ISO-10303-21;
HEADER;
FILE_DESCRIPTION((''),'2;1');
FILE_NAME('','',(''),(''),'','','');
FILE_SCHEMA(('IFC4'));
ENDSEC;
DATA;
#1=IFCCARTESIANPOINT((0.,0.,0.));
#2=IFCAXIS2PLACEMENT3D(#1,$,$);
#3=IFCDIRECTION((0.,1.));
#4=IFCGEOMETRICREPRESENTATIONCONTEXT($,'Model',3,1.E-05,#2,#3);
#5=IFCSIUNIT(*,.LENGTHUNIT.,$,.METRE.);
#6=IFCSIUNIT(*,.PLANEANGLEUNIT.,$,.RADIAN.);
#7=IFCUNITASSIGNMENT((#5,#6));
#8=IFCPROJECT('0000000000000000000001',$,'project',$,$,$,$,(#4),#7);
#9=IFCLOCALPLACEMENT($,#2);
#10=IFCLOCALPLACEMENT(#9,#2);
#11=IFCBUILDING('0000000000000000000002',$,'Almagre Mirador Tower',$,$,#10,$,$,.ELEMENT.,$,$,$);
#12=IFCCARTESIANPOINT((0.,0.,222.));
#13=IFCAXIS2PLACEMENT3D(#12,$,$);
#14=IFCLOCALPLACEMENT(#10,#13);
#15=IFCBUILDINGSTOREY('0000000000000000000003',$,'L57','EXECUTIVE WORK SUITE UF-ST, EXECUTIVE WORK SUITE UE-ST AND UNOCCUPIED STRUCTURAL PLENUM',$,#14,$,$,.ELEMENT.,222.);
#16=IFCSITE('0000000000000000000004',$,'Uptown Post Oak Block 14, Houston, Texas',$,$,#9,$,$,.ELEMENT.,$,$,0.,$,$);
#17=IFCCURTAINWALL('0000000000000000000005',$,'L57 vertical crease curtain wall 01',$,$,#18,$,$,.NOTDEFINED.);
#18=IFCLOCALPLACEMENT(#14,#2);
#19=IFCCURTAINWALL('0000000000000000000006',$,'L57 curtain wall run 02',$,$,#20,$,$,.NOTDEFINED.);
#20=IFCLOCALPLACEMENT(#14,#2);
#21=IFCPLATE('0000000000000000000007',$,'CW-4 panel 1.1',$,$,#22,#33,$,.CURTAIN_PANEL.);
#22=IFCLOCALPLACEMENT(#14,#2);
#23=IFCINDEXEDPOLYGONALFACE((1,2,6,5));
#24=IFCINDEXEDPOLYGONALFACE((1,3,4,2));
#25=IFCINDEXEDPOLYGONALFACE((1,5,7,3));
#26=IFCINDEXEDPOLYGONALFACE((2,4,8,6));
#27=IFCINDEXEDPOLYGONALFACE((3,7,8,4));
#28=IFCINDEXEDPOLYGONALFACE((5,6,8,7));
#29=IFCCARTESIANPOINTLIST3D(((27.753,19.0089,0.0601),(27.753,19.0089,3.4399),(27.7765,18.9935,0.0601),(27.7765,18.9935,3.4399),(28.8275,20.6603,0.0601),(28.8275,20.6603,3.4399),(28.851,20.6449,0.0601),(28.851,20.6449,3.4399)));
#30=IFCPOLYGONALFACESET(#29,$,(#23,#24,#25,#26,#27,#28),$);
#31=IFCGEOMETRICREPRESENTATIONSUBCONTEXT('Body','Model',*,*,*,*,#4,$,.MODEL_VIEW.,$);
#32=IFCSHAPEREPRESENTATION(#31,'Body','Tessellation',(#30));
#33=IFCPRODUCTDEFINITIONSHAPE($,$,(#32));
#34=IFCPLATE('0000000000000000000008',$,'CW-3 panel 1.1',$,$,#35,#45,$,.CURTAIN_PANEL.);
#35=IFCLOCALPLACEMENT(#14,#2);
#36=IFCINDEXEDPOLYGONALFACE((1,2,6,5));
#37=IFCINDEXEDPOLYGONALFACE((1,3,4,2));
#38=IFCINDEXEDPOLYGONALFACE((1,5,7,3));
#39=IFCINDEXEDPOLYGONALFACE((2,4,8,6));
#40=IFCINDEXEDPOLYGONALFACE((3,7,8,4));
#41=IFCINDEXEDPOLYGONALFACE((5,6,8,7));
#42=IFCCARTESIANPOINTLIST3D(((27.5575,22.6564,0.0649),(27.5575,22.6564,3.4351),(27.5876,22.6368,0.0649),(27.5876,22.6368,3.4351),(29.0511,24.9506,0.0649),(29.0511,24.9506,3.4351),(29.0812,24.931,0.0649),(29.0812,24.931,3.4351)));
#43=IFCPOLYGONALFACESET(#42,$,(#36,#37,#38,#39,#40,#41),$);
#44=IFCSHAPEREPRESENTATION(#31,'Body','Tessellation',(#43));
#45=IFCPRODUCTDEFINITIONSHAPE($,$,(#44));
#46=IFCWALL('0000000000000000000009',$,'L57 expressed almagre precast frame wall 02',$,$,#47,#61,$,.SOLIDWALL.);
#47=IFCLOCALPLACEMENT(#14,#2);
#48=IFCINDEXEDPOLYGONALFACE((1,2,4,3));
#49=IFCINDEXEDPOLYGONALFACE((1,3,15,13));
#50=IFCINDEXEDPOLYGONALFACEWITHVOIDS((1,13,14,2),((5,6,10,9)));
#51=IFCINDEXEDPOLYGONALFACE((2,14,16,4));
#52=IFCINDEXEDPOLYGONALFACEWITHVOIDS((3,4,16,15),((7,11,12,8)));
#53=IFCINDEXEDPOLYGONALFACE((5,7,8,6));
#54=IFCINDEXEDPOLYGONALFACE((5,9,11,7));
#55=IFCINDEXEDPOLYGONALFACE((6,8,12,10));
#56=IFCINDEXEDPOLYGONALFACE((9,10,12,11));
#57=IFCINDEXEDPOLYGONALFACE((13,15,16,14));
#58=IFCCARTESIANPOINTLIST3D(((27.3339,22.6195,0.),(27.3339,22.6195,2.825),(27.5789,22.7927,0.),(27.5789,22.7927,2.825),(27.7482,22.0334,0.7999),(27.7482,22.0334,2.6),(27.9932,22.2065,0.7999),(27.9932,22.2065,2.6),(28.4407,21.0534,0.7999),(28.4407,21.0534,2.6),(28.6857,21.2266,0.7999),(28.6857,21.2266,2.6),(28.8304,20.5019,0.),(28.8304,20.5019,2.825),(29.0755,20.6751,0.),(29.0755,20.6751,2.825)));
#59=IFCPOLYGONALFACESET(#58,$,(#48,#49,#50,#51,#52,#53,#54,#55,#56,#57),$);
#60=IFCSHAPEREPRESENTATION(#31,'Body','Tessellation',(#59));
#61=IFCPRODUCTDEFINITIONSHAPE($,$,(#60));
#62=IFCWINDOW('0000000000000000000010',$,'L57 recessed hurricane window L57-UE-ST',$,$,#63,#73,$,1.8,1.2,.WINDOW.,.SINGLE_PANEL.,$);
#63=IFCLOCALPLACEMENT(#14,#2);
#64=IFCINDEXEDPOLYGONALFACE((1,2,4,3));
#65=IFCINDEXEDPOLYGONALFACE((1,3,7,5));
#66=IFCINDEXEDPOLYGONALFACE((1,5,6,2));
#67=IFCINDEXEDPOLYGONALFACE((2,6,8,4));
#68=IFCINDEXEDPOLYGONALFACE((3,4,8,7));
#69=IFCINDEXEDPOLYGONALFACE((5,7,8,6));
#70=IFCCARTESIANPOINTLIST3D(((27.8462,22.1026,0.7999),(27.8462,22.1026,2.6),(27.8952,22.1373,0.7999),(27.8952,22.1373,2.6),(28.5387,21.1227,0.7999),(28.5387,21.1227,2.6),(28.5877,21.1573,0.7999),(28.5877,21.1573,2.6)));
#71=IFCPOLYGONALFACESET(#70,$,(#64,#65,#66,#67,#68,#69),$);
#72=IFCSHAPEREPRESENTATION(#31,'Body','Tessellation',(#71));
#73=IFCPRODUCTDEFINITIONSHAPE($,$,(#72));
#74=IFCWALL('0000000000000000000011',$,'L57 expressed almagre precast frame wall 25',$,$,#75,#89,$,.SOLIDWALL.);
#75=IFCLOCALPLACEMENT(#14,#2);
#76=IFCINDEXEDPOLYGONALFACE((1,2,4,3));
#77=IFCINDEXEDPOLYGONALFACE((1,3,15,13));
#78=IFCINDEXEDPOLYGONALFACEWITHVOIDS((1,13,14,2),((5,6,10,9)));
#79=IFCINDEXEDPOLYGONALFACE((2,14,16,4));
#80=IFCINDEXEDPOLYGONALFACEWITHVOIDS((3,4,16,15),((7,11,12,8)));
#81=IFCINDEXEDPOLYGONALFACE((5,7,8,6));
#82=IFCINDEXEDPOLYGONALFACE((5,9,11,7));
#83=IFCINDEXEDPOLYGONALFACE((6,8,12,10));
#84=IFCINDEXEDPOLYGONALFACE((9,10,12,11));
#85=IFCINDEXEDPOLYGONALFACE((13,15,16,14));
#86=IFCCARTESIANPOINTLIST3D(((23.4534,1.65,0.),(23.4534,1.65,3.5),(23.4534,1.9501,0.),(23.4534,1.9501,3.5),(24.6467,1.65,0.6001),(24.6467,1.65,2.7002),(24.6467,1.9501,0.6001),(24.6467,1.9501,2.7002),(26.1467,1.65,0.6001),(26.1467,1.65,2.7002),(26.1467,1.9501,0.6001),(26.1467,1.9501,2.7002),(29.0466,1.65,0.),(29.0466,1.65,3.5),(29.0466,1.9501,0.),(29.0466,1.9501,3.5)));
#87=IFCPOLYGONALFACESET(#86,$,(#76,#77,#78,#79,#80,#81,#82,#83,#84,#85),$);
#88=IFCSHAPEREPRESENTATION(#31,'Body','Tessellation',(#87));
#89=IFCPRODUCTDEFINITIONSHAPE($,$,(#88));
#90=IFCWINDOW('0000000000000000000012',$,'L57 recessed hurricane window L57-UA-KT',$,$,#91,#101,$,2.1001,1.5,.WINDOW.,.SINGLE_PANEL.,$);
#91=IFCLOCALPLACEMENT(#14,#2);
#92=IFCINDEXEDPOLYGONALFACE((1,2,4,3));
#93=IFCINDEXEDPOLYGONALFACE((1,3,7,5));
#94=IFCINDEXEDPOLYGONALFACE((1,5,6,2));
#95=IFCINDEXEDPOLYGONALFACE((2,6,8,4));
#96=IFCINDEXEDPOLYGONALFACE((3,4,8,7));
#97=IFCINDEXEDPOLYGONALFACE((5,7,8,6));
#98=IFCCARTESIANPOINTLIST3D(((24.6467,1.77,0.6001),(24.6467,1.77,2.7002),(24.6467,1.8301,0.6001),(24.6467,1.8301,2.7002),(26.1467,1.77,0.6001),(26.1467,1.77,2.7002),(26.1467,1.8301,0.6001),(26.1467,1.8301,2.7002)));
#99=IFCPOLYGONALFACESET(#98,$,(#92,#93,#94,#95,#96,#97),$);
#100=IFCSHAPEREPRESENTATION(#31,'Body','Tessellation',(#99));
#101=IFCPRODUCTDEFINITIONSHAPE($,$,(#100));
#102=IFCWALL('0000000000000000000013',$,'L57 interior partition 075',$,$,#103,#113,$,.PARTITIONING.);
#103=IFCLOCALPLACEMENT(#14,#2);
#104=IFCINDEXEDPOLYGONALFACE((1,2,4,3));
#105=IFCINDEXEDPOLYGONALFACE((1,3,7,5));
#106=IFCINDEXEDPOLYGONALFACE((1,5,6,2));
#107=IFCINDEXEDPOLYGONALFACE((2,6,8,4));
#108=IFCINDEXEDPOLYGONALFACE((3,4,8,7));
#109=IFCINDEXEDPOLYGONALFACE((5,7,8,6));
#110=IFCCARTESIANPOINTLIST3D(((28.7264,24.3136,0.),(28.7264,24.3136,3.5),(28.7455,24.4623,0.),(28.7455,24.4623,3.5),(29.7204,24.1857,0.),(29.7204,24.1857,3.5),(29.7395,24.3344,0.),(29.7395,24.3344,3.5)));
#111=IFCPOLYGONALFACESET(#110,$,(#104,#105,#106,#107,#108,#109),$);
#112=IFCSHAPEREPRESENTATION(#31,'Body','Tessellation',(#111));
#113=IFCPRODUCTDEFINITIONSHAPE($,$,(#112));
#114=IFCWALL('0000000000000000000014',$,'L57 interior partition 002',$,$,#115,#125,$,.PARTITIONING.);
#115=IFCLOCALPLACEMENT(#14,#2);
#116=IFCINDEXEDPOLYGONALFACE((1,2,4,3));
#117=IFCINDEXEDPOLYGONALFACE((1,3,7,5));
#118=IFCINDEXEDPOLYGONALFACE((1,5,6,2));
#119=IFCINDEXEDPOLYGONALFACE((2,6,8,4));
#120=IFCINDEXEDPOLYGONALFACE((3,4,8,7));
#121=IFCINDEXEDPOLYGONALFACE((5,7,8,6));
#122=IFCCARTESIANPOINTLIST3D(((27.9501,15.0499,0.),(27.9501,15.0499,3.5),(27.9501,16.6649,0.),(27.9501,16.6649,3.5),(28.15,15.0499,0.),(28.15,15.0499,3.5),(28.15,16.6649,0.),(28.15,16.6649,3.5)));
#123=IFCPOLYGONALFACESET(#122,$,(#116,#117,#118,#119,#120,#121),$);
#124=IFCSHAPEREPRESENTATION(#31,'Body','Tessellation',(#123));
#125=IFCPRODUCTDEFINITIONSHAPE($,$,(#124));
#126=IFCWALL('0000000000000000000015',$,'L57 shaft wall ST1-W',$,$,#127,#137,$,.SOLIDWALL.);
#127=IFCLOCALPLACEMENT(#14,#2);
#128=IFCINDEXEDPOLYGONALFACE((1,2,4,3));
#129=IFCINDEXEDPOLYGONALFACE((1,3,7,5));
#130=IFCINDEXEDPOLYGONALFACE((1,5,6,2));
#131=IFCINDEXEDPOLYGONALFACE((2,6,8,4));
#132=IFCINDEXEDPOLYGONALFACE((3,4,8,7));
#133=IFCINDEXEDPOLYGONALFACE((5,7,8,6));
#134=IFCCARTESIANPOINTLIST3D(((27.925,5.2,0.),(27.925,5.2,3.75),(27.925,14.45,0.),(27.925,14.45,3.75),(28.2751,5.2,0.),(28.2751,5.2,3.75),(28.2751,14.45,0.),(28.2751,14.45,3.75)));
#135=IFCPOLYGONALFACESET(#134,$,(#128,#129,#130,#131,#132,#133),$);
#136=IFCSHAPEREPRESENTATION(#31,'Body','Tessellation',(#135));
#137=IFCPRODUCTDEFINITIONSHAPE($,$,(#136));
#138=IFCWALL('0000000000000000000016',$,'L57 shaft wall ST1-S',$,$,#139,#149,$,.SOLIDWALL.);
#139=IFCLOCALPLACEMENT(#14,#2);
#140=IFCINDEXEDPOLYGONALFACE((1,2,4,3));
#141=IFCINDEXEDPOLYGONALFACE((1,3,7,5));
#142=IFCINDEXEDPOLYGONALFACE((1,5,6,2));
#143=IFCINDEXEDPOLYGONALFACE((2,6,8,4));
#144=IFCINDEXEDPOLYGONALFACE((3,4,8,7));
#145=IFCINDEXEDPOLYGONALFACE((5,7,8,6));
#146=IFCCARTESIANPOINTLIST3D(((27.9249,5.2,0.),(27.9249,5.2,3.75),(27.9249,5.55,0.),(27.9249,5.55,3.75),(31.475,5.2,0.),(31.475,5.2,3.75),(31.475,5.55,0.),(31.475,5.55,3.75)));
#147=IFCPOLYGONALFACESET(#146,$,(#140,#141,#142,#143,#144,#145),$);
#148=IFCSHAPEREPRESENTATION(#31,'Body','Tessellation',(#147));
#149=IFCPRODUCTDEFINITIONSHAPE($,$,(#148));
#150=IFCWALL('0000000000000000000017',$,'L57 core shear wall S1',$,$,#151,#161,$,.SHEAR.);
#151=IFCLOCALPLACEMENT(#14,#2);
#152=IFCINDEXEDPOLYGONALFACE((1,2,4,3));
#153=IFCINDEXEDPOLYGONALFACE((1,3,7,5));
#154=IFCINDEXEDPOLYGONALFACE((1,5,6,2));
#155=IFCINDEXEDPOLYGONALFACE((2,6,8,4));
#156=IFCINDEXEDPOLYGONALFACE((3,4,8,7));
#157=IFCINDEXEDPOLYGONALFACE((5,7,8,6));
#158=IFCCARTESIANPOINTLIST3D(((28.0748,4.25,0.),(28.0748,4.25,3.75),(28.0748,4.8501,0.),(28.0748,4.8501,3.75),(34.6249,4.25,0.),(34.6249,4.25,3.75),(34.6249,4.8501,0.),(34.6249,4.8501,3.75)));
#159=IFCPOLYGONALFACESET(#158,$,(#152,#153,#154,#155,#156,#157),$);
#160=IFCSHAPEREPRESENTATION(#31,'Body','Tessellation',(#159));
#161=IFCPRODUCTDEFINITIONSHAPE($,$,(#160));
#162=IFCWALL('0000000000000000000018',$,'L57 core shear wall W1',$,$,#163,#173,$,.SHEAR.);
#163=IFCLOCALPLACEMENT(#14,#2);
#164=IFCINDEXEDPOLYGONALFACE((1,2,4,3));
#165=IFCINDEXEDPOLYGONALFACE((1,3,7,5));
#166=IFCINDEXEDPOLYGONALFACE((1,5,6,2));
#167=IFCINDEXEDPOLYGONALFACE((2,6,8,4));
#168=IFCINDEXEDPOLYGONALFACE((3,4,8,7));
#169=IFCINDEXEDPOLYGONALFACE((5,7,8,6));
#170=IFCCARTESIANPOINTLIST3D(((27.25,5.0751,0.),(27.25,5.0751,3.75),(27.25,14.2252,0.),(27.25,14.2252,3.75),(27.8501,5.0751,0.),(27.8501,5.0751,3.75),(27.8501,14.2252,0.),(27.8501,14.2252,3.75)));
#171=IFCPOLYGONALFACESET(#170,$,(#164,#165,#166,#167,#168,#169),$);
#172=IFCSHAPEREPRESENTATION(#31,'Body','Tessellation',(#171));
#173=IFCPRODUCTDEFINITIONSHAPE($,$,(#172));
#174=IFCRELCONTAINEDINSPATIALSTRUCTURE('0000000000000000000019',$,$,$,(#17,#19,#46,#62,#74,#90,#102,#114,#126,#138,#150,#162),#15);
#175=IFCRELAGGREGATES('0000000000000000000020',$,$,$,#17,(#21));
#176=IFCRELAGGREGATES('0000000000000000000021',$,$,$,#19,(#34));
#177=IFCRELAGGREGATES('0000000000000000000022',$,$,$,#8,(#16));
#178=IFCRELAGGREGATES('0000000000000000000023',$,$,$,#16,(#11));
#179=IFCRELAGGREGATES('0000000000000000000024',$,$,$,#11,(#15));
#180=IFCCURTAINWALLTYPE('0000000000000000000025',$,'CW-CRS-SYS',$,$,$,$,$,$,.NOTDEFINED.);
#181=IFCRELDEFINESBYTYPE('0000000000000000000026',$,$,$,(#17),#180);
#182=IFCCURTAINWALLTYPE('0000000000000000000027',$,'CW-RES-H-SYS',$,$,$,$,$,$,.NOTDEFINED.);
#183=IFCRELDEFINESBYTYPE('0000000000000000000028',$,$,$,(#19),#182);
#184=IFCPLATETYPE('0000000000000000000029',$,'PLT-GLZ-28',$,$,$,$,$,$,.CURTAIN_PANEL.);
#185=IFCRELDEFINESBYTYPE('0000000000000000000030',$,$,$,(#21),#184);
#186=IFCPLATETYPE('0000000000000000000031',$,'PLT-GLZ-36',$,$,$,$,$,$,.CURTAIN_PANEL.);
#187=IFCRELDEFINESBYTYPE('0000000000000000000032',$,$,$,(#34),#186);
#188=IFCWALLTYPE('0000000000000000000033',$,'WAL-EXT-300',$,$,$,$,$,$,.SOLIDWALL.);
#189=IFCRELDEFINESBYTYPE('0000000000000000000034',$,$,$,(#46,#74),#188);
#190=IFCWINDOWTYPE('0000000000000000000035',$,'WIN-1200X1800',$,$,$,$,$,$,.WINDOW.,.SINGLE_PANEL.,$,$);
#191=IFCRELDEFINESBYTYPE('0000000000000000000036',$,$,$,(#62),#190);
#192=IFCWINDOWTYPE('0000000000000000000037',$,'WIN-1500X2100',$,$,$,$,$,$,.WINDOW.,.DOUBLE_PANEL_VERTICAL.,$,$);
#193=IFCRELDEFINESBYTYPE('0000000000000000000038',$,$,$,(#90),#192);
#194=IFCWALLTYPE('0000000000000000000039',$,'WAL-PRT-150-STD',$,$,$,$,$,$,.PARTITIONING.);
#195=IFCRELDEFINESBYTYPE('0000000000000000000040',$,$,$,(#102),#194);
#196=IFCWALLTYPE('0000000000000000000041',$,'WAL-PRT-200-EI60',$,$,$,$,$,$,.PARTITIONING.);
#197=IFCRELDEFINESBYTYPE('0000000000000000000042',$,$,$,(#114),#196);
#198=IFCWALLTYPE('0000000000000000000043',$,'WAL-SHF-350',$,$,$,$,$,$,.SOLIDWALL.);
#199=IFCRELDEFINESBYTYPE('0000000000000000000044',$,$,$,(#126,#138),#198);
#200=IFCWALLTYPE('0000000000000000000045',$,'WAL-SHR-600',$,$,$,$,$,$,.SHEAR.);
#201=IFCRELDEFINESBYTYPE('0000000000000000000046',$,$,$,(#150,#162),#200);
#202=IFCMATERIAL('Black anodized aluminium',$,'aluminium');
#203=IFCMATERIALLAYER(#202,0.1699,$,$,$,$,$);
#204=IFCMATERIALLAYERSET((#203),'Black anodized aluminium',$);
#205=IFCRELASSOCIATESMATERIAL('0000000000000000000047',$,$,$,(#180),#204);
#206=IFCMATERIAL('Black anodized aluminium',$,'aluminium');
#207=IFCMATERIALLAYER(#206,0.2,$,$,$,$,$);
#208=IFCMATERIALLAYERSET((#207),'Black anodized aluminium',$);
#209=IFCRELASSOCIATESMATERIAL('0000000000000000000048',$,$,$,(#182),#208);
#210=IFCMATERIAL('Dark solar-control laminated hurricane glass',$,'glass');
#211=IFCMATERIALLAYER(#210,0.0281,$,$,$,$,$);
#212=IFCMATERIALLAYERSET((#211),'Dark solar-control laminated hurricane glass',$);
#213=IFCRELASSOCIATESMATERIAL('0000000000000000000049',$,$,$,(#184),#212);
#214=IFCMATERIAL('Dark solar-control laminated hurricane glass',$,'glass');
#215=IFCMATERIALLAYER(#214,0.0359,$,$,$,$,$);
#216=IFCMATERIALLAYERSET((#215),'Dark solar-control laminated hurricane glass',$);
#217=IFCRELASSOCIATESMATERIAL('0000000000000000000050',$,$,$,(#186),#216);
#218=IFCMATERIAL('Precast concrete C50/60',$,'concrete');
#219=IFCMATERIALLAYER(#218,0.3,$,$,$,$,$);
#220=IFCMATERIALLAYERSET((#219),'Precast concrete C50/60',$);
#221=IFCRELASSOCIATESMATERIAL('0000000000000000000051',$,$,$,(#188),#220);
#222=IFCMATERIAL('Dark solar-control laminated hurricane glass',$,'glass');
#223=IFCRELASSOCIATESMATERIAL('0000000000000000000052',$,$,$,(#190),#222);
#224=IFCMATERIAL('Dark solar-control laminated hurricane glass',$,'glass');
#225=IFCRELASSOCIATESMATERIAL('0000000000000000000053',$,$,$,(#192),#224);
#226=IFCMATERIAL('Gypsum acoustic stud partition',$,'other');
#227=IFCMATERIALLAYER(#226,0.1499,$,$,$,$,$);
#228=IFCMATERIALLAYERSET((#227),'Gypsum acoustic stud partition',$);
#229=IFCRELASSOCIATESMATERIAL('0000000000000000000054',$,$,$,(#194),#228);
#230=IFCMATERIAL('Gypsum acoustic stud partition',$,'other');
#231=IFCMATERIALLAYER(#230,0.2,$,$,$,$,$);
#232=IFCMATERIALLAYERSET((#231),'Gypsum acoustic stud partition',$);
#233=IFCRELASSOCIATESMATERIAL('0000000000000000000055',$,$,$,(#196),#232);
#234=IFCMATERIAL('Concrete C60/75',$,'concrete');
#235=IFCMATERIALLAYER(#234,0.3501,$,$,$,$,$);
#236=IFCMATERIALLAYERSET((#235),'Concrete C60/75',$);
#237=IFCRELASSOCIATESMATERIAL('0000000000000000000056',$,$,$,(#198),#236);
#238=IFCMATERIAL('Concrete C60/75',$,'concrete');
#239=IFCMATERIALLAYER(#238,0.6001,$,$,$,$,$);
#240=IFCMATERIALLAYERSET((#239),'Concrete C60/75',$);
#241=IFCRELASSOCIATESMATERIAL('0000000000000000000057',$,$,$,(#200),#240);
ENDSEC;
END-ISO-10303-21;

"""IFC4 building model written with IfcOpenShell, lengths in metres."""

from ifc_helpers import new_model, si_unit, direction, frame, frame_2d, origin, origin_2d, place, context, subcontext, project, spatial, rectangle, extrude, material, layer, layer_set, type_object, element, fill, aggregate, save


model = new_model("IFC4")

# Units and contexts
model_context = context("Model", 3, precision=1e-05, world=origin(), true_north=direction((0.0, 1.0)))
body_context = subcontext(model_context, "Body", "Model", "MODEL_VIEW")
ifc_project = project(units=[si_unit("LENGTHUNIT", "METRE"), si_unit("PLANEANGLEUNIT", "RADIAN")], contexts=[model_context])

# Site, building, storey
site_placement = place(None, origin())
site = spatial("IfcSite", under=ifc_project, at=site_placement, Name="Uptown Post Oak Block 14, Houston, Texas", CompositionType="ELEMENT", RefElevation=0.0)
building_placement = place(site_placement, origin())
building = spatial("IfcBuilding", under=site, at=building_placement, Name="Almagre Mirador Tower", CompositionType="ELEMENT")
storey_placement = place(building_placement, frame((0.0, 0.0, 222.0)))
storey = spatial("IfcBuildingStorey", under=building, at=storey_placement, Name="L57", Description="EXECUTIVE WORK SUITE UF-ST, EXECUTIVE WORK SUITE UE-ST AND UNOCCUPIED STRUCTURAL PLENUM", CompositionType="ELEMENT", Elevation=222.0)

# Curtain walls
ifc_material_1 = material(Name="Black anodized aluminium", Category="aluminium")
ifc_layer_1 = layer(ifc_material_1, 0.1699)
ifc_layer_set_1 = layer_set([ifc_layer_1], Name="Black anodized aluminium")
curtain_wall_type_1 = type_object("IfcCurtainWallType", Name="CW-CRS-SYS", PredefinedType="NOTDEFINED", material=ifc_layer_set_1)
curtain_wall_1_placement = place(storey_placement, origin())
curtain_wall_1 = element("IfcCurtainWall", 1, at=curtain_wall_1_placement, inside=storey, type_object=curtain_wall_type_1, Name="L57 vertical crease curtain wall 01", PredefinedType="NOTDEFINED")
ifc_material_2 = material(Name="Black anodized aluminium", Category="aluminium")
ifc_layer_2 = layer(ifc_material_2, 0.2)
ifc_layer_set_2 = layer_set([ifc_layer_2], Name="Black anodized aluminium")
curtain_wall_type_2 = type_object("IfcCurtainWallType", Name="CW-RES-H-SYS", PredefinedType="NOTDEFINED", material=ifc_layer_set_2)
curtain_wall_2_placement = place(storey_placement, origin())
curtain_wall_2 = element("IfcCurtainWall", 2, at=curtain_wall_2_placement, inside=storey, type_object=curtain_wall_type_2, Name="L57 curtain wall run 02", PredefinedType="NOTDEFINED")

# Plates
ifc_material_3 = material(Name="Dark solar-control laminated hurricane glass", Category="glass")
ifc_layer_3 = layer(ifc_material_3, 0.0281)
ifc_layer_set_3 = layer_set([ifc_layer_3], Name="Dark solar-control laminated hurricane glass")
plate_type_1 = type_object("IfcPlateType", Name="PLT-GLZ-28", PredefinedType="CURTAIN_PANEL", material=ifc_layer_set_3)
plate_1_placement = place(storey_placement, frame((28.302, 19.8269, 0.0601), z_axis=(0.0, 0.0, 1.0), x_axis=(0.545392, 0.838181, 0.0)))
plate_1 = element("IfcPlate", 3, at=plate_1_placement, type_object=plate_type_1, Name="CW-4 panel 1.1", PredefinedType="CURTAIN_PANEL", context=body_context, shape_type="SweptSolid", body=[
    extrude(rectangle(XDim=1.9702, YDim=0.0281, at=origin_2d()), origin(), (0.0, 0.0, 1.0), 3.3799),
])
aggregate(curtain_wall_1, [plate_1])
ifc_material_4 = material(Name="Dark solar-control laminated hurricane glass", Category="glass")
ifc_layer_4 = layer(ifc_material_4, 0.0359)
ifc_layer_set_4 = layer_set([ifc_layer_4], Name="Dark solar-control laminated hurricane glass")
plate_type_2 = type_object("IfcPlateType", Name="PLT-GLZ-36", PredefinedType="CURTAIN_PANEL", material=ifc_layer_set_4)
plate_2_placement = place(storey_placement, frame((28.3193, 23.7937, 0.0649), z_axis=(0.0, 0.0, 1.0), x_axis=(0.545596, 0.838049, 0.0)))
plate_2 = element("IfcPlate", 4, at=plate_2_placement, type_object=plate_type_2, Name="CW-3 panel 1.1", PredefinedType="CURTAIN_PANEL", context=body_context, shape_type="SweptSolid", body=[
    extrude(rectangle(XDim=2.7375, YDim=0.0359, at=origin_2d()), origin(), (0.0, 0.0, 1.0), 3.3701),
])
aggregate(curtain_wall_2, [plate_2])

# Walls, openings, windows
ifc_material_5 = material(Name="Precast concrete C50/60", Category="concrete")
ifc_layer_5 = layer(ifc_material_5, 0.3)
ifc_layer_set_5 = layer_set([ifc_layer_5], Name="Precast concrete C50/60")
wall_type_1 = type_object("IfcWallType", Name="WAL-EXT-300", PredefinedType="SOLIDWALL", material=ifc_layer_set_5)
wall_1_placement = place(storey_placement, frame((28.9529, 20.5886, 0.0), z_axis=(0.0, 0.0, 1.0), x_axis=(-0.577134, 0.816649, 0.0)))
wall_1 = element("IfcWall", 5, at=wall_1_placement, inside=storey, type_object=wall_type_1, Name="L57 expressed almagre precast frame wall 02", PredefinedType="SOLIDWALL", context=body_context, shape_type="SweptSolid", body=[
    extrude(rectangle(XDim=2.593, YDim=0.3, at=frame_2d((1.2964, 0.0))), origin(), (0.0, 0.0, 1.0), 2.825),
])
opening_1_placement = place(wall_1_placement, frame((0.675, 0.0, 0.8)))
opening_1 = element("IfcOpeningElement", 6, at=opening_1_placement, cuts=wall_1, PredefinedType="OPENING", context=body_context, shape_type="SweptSolid", body=[
    extrude(rectangle(XDim=1.2, YDim=1.8, at=frame_2d((0.6001, 0.8999))), frame((0.0, 0.1599, 0.0), z_axis=(0.0, -1.0, 0.0), x_axis=(1.0, 0.0, 0.0)), (0.0, 0.0, 1.0), 0.32),
])
ifc_material_6 = material(Name="Dark solar-control laminated hurricane glass", Category="glass")
window_type_1 = type_object("IfcWindowType", Name="WIN-1200X1800", PartitioningType="SINGLE_PANEL", PredefinedType="WINDOW", material=ifc_material_6)
window_1_placement = place(opening_1_placement, origin())
window_1 = element("IfcWindow", 7, at=window_1_placement, inside=storey, type_object=window_type_1, Name="L57 recessed hurricane window L57-UE-ST", OverallHeight=1.8, OverallWidth=1.2, PartitioningType="SINGLE_PANEL", PredefinedType="WINDOW", context=body_context, shape_type="SweptSolid", body=[
    extrude(rectangle(XDim=1.2, YDim=1.8, at=frame_2d((0.6001, 0.8999))), frame((0.0, 0.03, 0.0), z_axis=(0.0, -1.0, 0.0), x_axis=(1.0, 0.0, 0.0)), (0.0, 0.0, 1.0), 0.0601),
])
fill(opening_1, window_1)
wall_2_placement = place(storey_placement, frame((29.0466, 1.8, 0.0), z_axis=(0.0, 0.0, 1.0), x_axis=(-1.0, 0.0, 0.0)))
wall_2 = element("IfcWall", 8, at=wall_2_placement, inside=storey, type_object=wall_type_1, Name="L57 expressed almagre precast frame wall 25", PredefinedType="SOLIDWALL", context=body_context, shape_type="SweptSolid", body=[
    extrude(rectangle(XDim=5.5933, YDim=0.3, at=frame_2d((2.7966, 0.0))), origin(), (0.0, 0.0, 1.0), 3.5),
])
opening_2_placement = place(wall_2_placement, frame((2.8999, 0.0, 0.6001)))
opening_2 = element("IfcOpeningElement", 9, at=opening_2_placement, cuts=wall_2, PredefinedType="OPENING", context=body_context, shape_type="SweptSolid", body=[
    extrude(rectangle(XDim=1.5, YDim=2.1001, at=frame_2d((0.75, 1.05))), frame((0.0, 0.1599, 0.0), z_axis=(0.0, -1.0, 0.0), x_axis=(1.0, 0.0, 0.0)), (0.0, 0.0, 1.0), 0.32),
])
ifc_material_7 = material(Name="Dark solar-control laminated hurricane glass", Category="glass")
window_type_2 = type_object("IfcWindowType", Name="WIN-1500X2100", PartitioningType="DOUBLE_PANEL_VERTICAL", PredefinedType="WINDOW", material=ifc_material_7)
window_2_placement = place(opening_2_placement, origin())
window_2 = element("IfcWindow", 10, at=window_2_placement, inside=storey, type_object=window_type_2, Name="L57 recessed hurricane window L57-UA-KT", OverallHeight=2.1001, OverallWidth=1.5, PartitioningType="SINGLE_PANEL", PredefinedType="WINDOW", context=body_context, shape_type="SweptSolid", body=[
    extrude(rectangle(XDim=1.5, YDim=2.1001, at=frame_2d((0.75, 1.05))), frame((0.0, 0.03, 0.0), z_axis=(0.0, -1.0, 0.0), x_axis=(1.0, 0.0, 0.0)), (0.0, 0.0, 1.0), 0.0601),
])
fill(opening_2, window_2)

# Walls
ifc_material_8 = material(Name="Gypsum acoustic stud partition", Category="other")
ifc_layer_6 = layer(ifc_material_8, 0.1499)
ifc_layer_set_6 = layer_set([ifc_layer_6], Name="Gypsum acoustic stud partition")
wall_type_2 = type_object("IfcWallType", Name="WAL-PRT-150-STD", PredefinedType="PARTITIONING", material=ifc_layer_set_6)
wall_3_placement = place(storey_placement, frame((28.7361, 24.3879, 0.0), z_axis=(0.0, 0.0, 1.0), x_axis=(0.991818, -0.127662, 0.0)))
element("IfcWall", 11, at=wall_3_placement, inside=storey, type_object=wall_type_2, Name="L57 interior partition 075", PredefinedType="PARTITIONING", context=body_context, shape_type="SweptSolid", body=[
    extrude(rectangle(XDim=1.0022, YDim=0.1499, at=frame_2d((0.501, 0.0))), origin(), (0.0, 0.0, 1.0), 3.5),
])
ifc_material_9 = material(Name="Gypsum acoustic stud partition", Category="other")
ifc_layer_7 = layer(ifc_material_9, 0.2)
ifc_layer_set_7 = layer_set([ifc_layer_7], Name="Gypsum acoustic stud partition")
wall_type_3 = type_object("IfcWallType", Name="WAL-PRT-200-EI60", PredefinedType="PARTITIONING", material=ifc_layer_set_7)
wall_4_placement = place(storey_placement, frame((28.05, 16.665, 0.0), z_axis=(0.0, 0.0, 1.0), x_axis=(0.0, -1.0, 0.0)))
element("IfcWall", 12, at=wall_4_placement, inside=storey, type_object=wall_type_3, Name="L57 interior partition 002", PredefinedType="PARTITIONING", context=body_context, shape_type="SweptSolid", body=[
    extrude(rectangle(XDim=1.615, YDim=0.2, at=frame_2d((0.8076, 0.0))), origin(), (0.0, 0.0, 1.0), 3.5),
])
ifc_material_10 = material(Name="Concrete C60/75", Category="concrete")
ifc_layer_8 = layer(ifc_material_10, 0.3501)
ifc_layer_set_8 = layer_set([ifc_layer_8], Name="Concrete C60/75")
wall_type_4 = type_object("IfcWallType", Name="WAL-SHF-350", PredefinedType="SOLIDWALL", material=ifc_layer_set_8)
wall_5_placement = place(storey_placement, frame((28.1001, 5.2, 0.0), z_axis=(0.0, 0.0, 1.0), x_axis=(0.0, 1.0, 0.0)))
element("IfcWall", 13, at=wall_5_placement, inside=storey, type_object=wall_type_4, Name="L57 shaft wall ST1-W", PredefinedType="SOLIDWALL", context=body_context, shape_type="SweptSolid", body=[
    extrude(rectangle(XDim=9.25, YDim=0.3501, at=frame_2d((4.625, 0.0))), origin(), (0.0, 0.0, 1.0), 3.75),
])
wall_6_placement = place(storey_placement, frame((27.925, 5.375, 0.0), z_axis=(0.0, 0.0, 1.0), x_axis=(1.0, 0.0, 0.0)))
element("IfcWall", 14, at=wall_6_placement, inside=storey, type_object=wall_type_4, Name="L57 shaft wall ST1-S", PredefinedType="SOLIDWALL", context=body_context, shape_type="SweptSolid", body=[
    extrude(rectangle(XDim=3.55, YDim=0.3501, at=frame_2d((1.7749, 0.0))), origin(), (0.0, 0.0, 1.0), 3.75),
])
ifc_material_11 = material(Name="Concrete C60/75", Category="concrete")
ifc_layer_9 = layer(ifc_material_11, 0.6001)
ifc_layer_set_9 = layer_set([ifc_layer_9], Name="Concrete C60/75")
wall_type_5 = type_object("IfcWallType", Name="WAL-SHR-600", PredefinedType="SHEAR", material=ifc_layer_set_9)
wall_7_placement = place(storey_placement, frame((28.075, 4.55, 0.0), z_axis=(0.0, 0.0, 1.0), x_axis=(1.0, 0.0, 0.0)))
element("IfcWall", 15, at=wall_7_placement, inside=storey, type_object=wall_type_5, Name="L57 core shear wall S1", PredefinedType="SHEAR", context=body_context, shape_type="SweptSolid", body=[
    extrude(rectangle(XDim=6.55, YDim=0.6001, at=frame_2d((3.2749, 0.0))), origin(), (0.0, 0.0, 1.0), 3.75),
])

# Wall
wall_8_placement = place(storey_placement, frame((27.55, 5.075, 0.0), z_axis=(0.0, 0.0, 1.0), x_axis=(0.0, 1.0, 0.0)))
element("IfcWall", 16, at=wall_8_placement, inside=storey, type_object=wall_type_5, Name="L57 core shear wall W1", PredefinedType="SHEAR", context=body_context, shape_type="SweptSolid", body=[
    extrude(rectangle(XDim=9.1501, YDim=0.6001, at=frame_2d((4.5752, 0.0))), origin(), (0.0, 0.0, 1.0), 3.75),
])

save(model, "model.ifc")
